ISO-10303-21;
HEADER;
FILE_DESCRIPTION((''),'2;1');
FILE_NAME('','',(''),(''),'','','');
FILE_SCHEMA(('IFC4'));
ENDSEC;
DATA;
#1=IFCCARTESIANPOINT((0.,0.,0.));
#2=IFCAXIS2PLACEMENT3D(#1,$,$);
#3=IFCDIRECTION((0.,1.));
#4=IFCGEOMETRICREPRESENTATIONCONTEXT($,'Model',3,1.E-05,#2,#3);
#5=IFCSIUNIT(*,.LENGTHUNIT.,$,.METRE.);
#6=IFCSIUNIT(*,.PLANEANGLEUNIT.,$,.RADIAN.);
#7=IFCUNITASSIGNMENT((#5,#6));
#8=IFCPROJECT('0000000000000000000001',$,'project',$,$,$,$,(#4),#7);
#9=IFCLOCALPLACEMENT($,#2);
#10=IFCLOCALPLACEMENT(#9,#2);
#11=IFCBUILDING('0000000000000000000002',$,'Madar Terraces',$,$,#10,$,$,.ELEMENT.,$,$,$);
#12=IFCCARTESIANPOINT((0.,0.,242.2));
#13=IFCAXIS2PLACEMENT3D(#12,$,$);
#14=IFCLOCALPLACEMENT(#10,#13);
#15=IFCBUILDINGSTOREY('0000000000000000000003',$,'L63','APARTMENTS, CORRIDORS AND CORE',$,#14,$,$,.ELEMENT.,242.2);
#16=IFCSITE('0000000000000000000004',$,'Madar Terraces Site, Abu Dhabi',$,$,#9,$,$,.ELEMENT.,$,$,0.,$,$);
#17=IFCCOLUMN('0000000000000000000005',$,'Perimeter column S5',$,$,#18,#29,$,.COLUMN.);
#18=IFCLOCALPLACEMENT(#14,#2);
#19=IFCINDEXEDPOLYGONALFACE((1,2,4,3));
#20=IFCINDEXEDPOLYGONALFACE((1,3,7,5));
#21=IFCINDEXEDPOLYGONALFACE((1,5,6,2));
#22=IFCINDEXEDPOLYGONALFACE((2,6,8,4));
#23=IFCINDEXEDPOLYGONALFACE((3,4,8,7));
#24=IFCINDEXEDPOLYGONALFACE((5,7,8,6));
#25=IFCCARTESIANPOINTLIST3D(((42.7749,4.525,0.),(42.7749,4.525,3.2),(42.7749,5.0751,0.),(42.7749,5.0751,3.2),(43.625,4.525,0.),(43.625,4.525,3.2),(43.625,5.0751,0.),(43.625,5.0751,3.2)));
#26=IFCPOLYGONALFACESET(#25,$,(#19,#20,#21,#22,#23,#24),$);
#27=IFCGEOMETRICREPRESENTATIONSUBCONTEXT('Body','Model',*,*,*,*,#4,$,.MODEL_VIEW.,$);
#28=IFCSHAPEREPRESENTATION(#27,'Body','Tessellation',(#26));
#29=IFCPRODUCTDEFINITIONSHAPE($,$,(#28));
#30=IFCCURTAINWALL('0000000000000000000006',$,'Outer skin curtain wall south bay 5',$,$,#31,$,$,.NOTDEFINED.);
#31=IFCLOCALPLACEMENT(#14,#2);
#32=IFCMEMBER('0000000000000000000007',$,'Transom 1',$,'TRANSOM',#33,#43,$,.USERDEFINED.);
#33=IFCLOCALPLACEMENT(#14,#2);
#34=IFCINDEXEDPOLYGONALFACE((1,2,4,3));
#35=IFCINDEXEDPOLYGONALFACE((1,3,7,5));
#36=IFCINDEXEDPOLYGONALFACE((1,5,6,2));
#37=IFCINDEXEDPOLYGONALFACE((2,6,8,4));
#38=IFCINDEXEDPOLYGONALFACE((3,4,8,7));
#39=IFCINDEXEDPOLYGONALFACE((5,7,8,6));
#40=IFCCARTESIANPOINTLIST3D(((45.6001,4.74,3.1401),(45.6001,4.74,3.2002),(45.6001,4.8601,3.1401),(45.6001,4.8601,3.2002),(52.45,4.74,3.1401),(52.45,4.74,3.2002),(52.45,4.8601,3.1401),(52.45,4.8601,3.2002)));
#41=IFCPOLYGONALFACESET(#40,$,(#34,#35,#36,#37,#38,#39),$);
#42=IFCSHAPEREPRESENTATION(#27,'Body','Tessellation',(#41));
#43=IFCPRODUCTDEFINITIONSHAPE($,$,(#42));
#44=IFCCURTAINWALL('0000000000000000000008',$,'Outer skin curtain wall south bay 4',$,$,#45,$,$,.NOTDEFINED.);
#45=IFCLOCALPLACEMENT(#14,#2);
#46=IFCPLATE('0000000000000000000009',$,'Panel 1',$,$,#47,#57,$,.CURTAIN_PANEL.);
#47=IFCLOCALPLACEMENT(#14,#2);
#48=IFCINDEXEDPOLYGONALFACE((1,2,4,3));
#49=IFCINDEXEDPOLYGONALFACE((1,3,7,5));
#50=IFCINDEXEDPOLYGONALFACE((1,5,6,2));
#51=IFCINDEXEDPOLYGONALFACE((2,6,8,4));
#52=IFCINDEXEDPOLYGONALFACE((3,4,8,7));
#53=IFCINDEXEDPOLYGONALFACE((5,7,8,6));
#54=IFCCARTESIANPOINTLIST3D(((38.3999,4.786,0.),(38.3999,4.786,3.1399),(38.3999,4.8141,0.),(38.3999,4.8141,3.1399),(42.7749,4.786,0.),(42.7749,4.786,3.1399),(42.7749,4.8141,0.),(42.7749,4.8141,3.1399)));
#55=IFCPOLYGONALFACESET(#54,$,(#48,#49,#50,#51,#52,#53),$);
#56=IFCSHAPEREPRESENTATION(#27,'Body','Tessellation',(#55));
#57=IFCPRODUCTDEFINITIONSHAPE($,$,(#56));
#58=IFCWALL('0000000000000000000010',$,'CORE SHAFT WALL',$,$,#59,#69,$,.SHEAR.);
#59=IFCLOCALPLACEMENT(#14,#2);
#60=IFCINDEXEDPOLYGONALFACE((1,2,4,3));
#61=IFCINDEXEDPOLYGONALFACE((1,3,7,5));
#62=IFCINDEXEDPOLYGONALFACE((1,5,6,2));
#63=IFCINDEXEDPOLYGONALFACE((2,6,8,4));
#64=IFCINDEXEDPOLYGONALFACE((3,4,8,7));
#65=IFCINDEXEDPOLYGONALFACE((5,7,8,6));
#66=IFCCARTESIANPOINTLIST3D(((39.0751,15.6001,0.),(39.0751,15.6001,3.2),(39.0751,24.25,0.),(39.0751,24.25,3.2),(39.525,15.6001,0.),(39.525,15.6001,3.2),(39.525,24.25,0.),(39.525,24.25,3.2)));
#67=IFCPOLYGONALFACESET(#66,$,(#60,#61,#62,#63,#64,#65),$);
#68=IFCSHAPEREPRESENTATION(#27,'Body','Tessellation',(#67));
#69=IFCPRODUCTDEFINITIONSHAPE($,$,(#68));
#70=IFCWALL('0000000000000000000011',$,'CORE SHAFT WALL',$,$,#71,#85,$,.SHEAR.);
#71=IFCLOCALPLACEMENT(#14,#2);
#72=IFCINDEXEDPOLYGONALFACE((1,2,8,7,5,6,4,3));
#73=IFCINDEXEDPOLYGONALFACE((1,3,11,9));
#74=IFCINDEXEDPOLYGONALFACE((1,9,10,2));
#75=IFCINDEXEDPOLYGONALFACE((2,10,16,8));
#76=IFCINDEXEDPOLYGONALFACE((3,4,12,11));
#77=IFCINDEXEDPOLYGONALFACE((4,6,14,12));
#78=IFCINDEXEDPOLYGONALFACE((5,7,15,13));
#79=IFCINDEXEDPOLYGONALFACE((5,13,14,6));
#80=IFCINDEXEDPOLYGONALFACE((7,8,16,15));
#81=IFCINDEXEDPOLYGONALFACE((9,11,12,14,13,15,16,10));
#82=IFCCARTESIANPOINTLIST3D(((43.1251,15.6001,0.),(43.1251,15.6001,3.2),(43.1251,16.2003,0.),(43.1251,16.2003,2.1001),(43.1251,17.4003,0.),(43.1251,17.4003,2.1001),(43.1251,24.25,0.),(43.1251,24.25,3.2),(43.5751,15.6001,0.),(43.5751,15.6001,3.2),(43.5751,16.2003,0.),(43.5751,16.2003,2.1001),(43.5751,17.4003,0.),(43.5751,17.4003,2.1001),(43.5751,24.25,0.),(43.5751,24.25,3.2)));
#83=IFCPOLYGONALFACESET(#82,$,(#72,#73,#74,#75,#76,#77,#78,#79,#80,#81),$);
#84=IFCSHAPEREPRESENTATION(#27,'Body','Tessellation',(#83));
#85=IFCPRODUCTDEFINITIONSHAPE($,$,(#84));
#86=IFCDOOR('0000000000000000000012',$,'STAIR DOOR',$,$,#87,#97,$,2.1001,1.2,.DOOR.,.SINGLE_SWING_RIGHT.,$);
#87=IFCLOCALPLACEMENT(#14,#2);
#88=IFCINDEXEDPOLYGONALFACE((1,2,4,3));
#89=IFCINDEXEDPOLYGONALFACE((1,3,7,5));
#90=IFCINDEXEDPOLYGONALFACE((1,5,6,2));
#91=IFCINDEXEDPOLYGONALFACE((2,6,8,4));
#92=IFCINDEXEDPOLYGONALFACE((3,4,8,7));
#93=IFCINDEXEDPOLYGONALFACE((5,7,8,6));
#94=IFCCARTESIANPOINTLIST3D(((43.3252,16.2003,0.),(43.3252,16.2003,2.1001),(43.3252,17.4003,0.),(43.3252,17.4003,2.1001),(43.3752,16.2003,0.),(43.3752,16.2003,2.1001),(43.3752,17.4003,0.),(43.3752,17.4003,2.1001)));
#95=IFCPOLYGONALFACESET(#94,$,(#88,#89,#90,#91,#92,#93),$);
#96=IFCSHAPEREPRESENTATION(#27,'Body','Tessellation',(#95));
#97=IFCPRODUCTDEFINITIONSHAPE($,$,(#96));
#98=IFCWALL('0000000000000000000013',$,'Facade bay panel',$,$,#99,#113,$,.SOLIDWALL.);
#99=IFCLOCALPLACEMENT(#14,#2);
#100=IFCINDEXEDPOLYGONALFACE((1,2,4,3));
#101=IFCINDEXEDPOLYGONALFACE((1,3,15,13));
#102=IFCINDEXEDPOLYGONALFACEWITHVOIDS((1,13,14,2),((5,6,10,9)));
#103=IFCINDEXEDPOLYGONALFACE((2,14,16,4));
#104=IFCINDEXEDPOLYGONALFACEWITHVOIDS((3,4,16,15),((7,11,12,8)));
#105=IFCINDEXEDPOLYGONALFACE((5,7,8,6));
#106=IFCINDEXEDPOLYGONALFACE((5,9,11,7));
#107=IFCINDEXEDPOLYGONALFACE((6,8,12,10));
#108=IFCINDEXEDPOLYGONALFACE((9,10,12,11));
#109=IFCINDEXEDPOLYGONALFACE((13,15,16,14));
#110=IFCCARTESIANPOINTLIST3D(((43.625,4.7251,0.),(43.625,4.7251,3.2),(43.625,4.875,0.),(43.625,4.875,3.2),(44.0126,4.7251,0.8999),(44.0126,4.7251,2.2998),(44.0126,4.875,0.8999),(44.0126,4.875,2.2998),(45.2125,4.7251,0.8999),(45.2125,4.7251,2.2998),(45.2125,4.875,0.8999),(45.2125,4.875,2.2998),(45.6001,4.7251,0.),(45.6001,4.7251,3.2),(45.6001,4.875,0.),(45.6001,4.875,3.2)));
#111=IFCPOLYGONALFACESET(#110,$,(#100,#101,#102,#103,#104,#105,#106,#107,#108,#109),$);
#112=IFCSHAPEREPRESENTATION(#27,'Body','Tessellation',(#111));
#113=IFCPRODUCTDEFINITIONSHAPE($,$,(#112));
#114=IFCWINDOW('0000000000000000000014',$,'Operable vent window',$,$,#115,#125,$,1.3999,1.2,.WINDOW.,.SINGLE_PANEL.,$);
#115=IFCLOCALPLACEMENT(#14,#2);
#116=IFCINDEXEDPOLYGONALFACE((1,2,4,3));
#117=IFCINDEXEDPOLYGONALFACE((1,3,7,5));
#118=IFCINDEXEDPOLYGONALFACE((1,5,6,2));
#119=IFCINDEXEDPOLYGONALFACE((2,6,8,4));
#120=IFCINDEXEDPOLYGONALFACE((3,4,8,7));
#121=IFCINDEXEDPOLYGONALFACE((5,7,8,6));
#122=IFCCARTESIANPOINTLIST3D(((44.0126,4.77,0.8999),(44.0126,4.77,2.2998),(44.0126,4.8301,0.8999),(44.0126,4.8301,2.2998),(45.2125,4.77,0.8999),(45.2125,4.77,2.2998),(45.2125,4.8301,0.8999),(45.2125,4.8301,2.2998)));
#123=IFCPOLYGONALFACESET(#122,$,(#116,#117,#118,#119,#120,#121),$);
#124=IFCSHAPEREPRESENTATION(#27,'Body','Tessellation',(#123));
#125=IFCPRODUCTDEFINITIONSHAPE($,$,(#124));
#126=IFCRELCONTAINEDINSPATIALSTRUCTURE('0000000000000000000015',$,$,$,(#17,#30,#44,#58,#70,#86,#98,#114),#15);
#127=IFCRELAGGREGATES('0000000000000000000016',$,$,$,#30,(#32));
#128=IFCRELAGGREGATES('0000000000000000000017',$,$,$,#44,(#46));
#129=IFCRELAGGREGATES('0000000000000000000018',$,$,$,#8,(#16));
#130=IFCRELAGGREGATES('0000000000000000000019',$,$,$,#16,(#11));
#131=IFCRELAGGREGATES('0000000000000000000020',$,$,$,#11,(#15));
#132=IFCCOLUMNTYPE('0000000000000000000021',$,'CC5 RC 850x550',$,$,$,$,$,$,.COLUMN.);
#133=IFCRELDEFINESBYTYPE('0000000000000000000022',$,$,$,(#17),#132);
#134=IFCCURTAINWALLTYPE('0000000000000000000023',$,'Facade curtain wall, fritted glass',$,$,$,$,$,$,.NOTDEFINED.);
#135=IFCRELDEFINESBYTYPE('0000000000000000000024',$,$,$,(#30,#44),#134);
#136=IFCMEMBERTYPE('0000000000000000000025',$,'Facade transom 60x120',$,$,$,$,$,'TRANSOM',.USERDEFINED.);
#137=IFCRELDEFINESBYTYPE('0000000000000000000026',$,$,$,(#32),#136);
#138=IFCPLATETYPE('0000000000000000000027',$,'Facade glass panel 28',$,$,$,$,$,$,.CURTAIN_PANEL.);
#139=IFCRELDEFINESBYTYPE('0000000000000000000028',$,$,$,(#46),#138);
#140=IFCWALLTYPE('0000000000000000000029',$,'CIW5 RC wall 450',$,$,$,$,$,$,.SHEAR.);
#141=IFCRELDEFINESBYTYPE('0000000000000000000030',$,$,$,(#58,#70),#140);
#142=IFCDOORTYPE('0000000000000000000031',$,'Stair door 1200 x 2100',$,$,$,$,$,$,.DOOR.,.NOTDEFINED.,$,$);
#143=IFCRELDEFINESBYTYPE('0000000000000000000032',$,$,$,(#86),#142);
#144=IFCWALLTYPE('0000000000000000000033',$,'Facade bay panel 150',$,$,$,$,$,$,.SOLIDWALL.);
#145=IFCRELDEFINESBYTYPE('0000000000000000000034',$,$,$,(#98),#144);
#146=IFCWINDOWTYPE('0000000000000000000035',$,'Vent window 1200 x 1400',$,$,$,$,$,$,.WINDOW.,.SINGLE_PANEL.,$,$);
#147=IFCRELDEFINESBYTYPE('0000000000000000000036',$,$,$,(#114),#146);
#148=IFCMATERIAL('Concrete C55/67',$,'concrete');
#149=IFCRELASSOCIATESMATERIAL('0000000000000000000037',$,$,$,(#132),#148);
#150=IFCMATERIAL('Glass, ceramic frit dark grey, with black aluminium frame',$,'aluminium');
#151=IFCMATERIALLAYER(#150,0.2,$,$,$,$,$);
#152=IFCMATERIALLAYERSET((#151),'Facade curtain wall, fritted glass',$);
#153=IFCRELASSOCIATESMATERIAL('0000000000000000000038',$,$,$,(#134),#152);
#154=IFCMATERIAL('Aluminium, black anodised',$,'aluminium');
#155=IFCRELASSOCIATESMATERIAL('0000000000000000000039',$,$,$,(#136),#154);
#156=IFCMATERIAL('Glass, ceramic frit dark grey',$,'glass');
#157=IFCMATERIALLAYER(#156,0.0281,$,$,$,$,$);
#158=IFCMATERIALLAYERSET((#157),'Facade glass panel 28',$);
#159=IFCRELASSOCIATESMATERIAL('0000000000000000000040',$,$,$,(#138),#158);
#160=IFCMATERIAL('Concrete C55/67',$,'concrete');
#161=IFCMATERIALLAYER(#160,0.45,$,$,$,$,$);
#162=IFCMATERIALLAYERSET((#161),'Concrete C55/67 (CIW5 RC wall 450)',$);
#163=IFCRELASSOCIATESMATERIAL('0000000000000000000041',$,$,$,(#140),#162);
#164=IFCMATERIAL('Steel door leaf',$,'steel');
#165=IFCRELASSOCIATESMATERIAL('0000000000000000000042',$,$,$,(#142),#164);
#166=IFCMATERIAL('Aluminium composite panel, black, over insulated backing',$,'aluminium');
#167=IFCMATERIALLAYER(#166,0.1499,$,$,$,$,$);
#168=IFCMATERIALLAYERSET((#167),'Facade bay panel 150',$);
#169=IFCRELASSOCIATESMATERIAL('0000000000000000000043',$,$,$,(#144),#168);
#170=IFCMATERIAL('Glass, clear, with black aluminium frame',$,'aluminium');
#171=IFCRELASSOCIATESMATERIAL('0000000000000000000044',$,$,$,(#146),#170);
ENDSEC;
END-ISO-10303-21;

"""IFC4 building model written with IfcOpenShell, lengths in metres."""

from ifc_helpers import new_model, si_unit, direction, frame, frame_2d, origin, origin_2d, place, context, subcontext, project, spatial, rectangle, extrude, material, layer, layer_set, material_profile, profile_set, type_object, element, fill, aggregate, save


model = new_model("IFC4")

# Units and contexts
model_context = context("Model", 3, precision=1e-05, world=origin(), true_north=direction((0.0, 1.0)))
body_context = subcontext(model_context, "Body", "Model", "MODEL_VIEW")
ifc_project = project(units=[si_unit("LENGTHUNIT", "METRE"), si_unit("PLANEANGLEUNIT", "RADIAN")], contexts=[model_context])

# Site, building, storey
site_placement = place(None, origin())
site = spatial("IfcSite", under=ifc_project, at=site_placement, Name="Madar Terraces Site, Abu Dhabi", CompositionType="ELEMENT", RefElevation=0.0)
building_placement = place(site_placement, origin())
building = spatial("IfcBuilding", under=site, at=building_placement, Name="Madar Terraces", CompositionType="ELEMENT")
storey_placement = place(building_placement, frame((0.0, 0.0, 242.2)))
storey = spatial("IfcBuildingStorey", under=building, at=storey_placement, Name="L63", Description="APARTMENTS, CORRIDORS AND CORE", CompositionType="ELEMENT", Elevation=242.2)

# Column
ifc_material_1 = material(Name="Concrete C55/67", Category="concrete")
ifc_material_profile_1 = material_profile(ifc_material_1, rectangle(XDim=0.8501, YDim=0.55, at=origin_2d()), Name="CC5 RC 850x550")
ifc_profile_set_1 = profile_set([ifc_material_profile_1], Name="Concrete C55/67")
column_type = type_object("IfcColumnType", Name="CC5 RC 850x550", PredefinedType="COLUMN", material=ifc_profile_set_1)
column_placement = place(storey_placement, frame((43.2, 4.8, 0.0), z_axis=(0.0, 0.0, 1.0), x_axis=(1.0, 0.0, 0.0)))
element("IfcColumn", 1, at=column_placement, inside=storey, type_object=column_type, Name="Perimeter column S5", PredefinedType="COLUMN", context=body_context, shape_type="SweptSolid", body=[
    extrude(rectangle(XDim=0.8501, YDim=0.55, at=origin_2d()), origin(), (0.0, 0.0, 1.0), 3.2),
])

# Curtain wall, member
ifc_material_2 = material(Name="Glass, ceramic frit dark grey, with black aluminium frame", Category="aluminium")
ifc_layer_1 = layer(ifc_material_2, 0.2)
ifc_layer_set_1 = layer_set([ifc_layer_1], Name="Facade curtain wall, fritted glass")
curtain_wall_type = type_object("IfcCurtainWallType", Name="Facade curtain wall, fritted glass", PredefinedType="NOTDEFINED", material=ifc_layer_set_1)
curtain_wall_1_placement = place(storey_placement, origin())
curtain_wall_1 = element("IfcCurtainWall", 2, at=curtain_wall_1_placement, inside=storey, type_object=curtain_wall_type, Name="Outer skin curtain wall south bay 5", PredefinedType="NOTDEFINED")
ifc_material_3 = material(Name="Aluminium, black anodised", Category="aluminium")
ifc_material_profile_2 = material_profile(ifc_material_3, rectangle(XDim=0.1201, YDim=0.0601, at=origin_2d()), Name="Facade transom 60x120")
ifc_profile_set_2 = profile_set([ifc_material_profile_2], Name="Aluminium, black anodised")
member_type = type_object("IfcMemberType", Name="Facade transom 60x120", ElementType="TRANSOM", PredefinedType="USERDEFINED", material=ifc_profile_set_2)
member_placement = place(storey_placement, frame((45.6001, 4.8, 3.1702), z_axis=(1.0, 0.0, 0.0), x_axis=(0.0, 1.0, 0.0)))
member = element("IfcMember", 3, at=member_placement, type_object=member_type, Name="Transom 1", ObjectType="TRANSOM", PredefinedType="USERDEFINED", context=body_context, shape_type="SweptSolid", body=[
    extrude(rectangle(XDim=0.1201, YDim=0.0601, at=origin_2d()), origin(), (0.0, 0.0, 1.0), 6.8499),
])
aggregate(curtain_wall_1, [member])

# Curtain wall, plate
curtain_wall_2_placement = place(storey_placement, origin())
curtain_wall_2 = element("IfcCurtainWall", 4, at=curtain_wall_2_placement, inside=storey, type_object=curtain_wall_type, Name="Outer skin curtain wall south bay 4", PredefinedType="NOTDEFINED")
ifc_material_4 = material(Name="Glass, ceramic frit dark grey", Category="glass")
ifc_layer_2 = layer(ifc_material_4, 0.0281)
ifc_layer_set_2 = layer_set([ifc_layer_2], Name="Facade glass panel 28")
plate_type = type_object("IfcPlateType", Name="Facade glass panel 28", PredefinedType="CURTAIN_PANEL", material=ifc_layer_set_2)
plate_placement = place(storey_placement, frame((40.5874, 4.8, 0.0), z_axis=(0.0, 0.0, 1.0), x_axis=(1.0, 0.0, 0.0)))
plate = element("IfcPlate", 5, at=plate_placement, type_object=plate_type, Name="Panel 1", PredefinedType="CURTAIN_PANEL", context=body_context, shape_type="SweptSolid", body=[
    extrude(rectangle(XDim=4.375, YDim=0.0281, at=origin_2d()), origin(), (0.0, 0.0, 1.0), 3.1399),
])
aggregate(curtain_wall_2, [plate])

# Wall
ifc_material_5 = material(Name="Concrete C55/67", Category="concrete")
ifc_layer_3 = layer(ifc_material_5, 0.45)
ifc_layer_set_3 = layer_set([ifc_layer_3], Name="Concrete C55/67 (CIW5 RC wall 450)")
wall_type_1 = type_object("IfcWallType", Name="CIW5 RC wall 450", PredefinedType="SHEAR", material=ifc_layer_set_3)
wall_1_placement = place(storey_placement, frame((39.3, 15.6001, 0.0), z_axis=(0.0, 0.0, 1.0), x_axis=(0.0, 1.0, 0.0)))
element("IfcWall", 6, at=wall_1_placement, inside=storey, type_object=wall_type_1, Name="CORE SHAFT WALL", PredefinedType="SHEAR", context=body_context, shape_type="SweptSolid", body=[
    extrude(rectangle(XDim=8.6499, YDim=0.45, at=frame_2d((4.325, 0.0))), origin(), (0.0, 0.0, 1.0), 3.2),
])

# Wall, opening, door
wall_2_placement = place(storey_placement, frame((43.3501, 15.6001, 0.0), z_axis=(0.0, 0.0, 1.0), x_axis=(0.0, 1.0, 0.0)))
wall_2 = element("IfcWall", 7, at=wall_2_placement, inside=storey, type_object=wall_type_1, Name="CORE SHAFT WALL", PredefinedType="SHEAR", context=body_context, shape_type="SweptSolid", body=[
    extrude(rectangle(XDim=8.6499, YDim=0.45, at=frame_2d((4.325, 0.0))), origin(), (0.0, 0.0, 1.0), 3.2),
])
opening_1_placement = place(wall_2_placement, frame((0.6001, 0.0, 0.0)))
opening_1 = element("IfcOpeningElement", 8, at=opening_1_placement, cuts=wall_2, PredefinedType="OPENING", context=body_context, shape_type="SweptSolid", body=[
    extrude(rectangle(XDim=1.2, YDim=2.1001, at=frame_2d((0.6001, 1.05))), frame((0.0, 0.2349, 0.0), z_axis=(0.0, -1.0, 0.0), x_axis=(1.0, 0.0, 0.0)), (0.0, 0.0, 1.0), 0.47),
])
ifc_material_6 = material(Name="Steel door leaf", Category="steel")
door_type_1 = type_object("IfcDoorType", Name="Stair door 1200 x 2100", OperationType="NOTDEFINED", PredefinedType="DOOR", material=ifc_material_6)
door_1_placement = place(opening_1_placement, origin())
door_1 = element("IfcDoor", 9, at=door_1_placement, inside=storey, type_object=door_type_1, Name="STAIR DOOR", OperationType="SINGLE_SWING_RIGHT", OverallHeight=2.1001, OverallWidth=1.2, PredefinedType="DOOR", context=body_context, shape_type="SweptSolid", body=[
    extrude(rectangle(XDim=1.2, YDim=2.1001, at=frame_2d((0.6001, 1.05))), frame((0.0, 0.0249, 0.0), z_axis=(0.0, -1.0, 0.0), x_axis=(1.0, 0.0, 0.0)), (0.0, 0.0, 1.0), 0.05),
])
fill(opening_1, door_1)

# Wall, opening, window
ifc_material_7 = material(Name="Aluminium composite panel, black, over insulated backing", Category="aluminium")
ifc_layer_4 = layer(ifc_material_7, 0.1499)
ifc_layer_set_4 = layer_set([ifc_layer_4], Name="Facade bay panel 150")
wall_type_2 = type_object("IfcWallType", Name="Facade bay panel 150", PredefinedType="SOLIDWALL", material=ifc_layer_set_4)
wall_3_placement = place(storey_placement, frame((43.625, 4.8, 0.0), z_axis=(0.0, 0.0, 1.0), x_axis=(1.0, 0.0, 0.0)))
wall_3 = element("IfcWall", 10, at=wall_3_placement, inside=storey, type_object=wall_type_2, Name="Facade bay panel", PredefinedType="SOLIDWALL", context=body_context, shape_type="SweptSolid", body=[
    extrude(rectangle(XDim=1.9751, YDim=0.1499, at=frame_2d((0.9875, 0.0))), origin(), (0.0, 0.0, 1.0), 3.2),
])
opening_2_placement = place(wall_3_placement, frame((0.3875, 0.0, 0.8999)))
opening_2 = element("IfcOpeningElement", 11, at=opening_2_placement, cuts=wall_3, PredefinedType="OPENING", context=body_context, shape_type="SweptSolid", body=[
    extrude(rectangle(XDim=1.2, YDim=1.3999, at=frame_2d((0.6001, 0.7))), frame((0.0, 0.085, 0.0), z_axis=(0.0, -1.0, 0.0), x_axis=(1.0, 0.0, 0.0)), (0.0, 0.0, 1.0), 0.1699),
])
ifc_material_8 = material(Name="Glass, clear, with black aluminium frame", Category="aluminium")
window_type = type_object("IfcWindowType", Name="Vent window 1200 x 1400", PartitioningType="SINGLE_PANEL", PredefinedType="WINDOW", material=ifc_material_8)
window_placement = place(opening_2_placement, origin())
window = element("IfcWindow", 12, at=window_placement, inside=storey, type_object=window_type, Name="Operable vent window", OverallHeight=1.3999, OverallWidth=1.2, PartitioningType="SINGLE_PANEL", PredefinedType="WINDOW", context=body_context, shape_type="SweptSolid", body=[
    extrude(rectangle(XDim=1.2, YDim=1.3999, at=frame_2d((0.6001, 0.7))), frame((0.0, 0.03, 0.0), z_axis=(0.0, -1.0, 0.0), x_axis=(1.0, 0.0, 0.0)), (0.0, 0.0, 1.0), 0.0601),
])
fill(opening_2, window)

save(model, "model.ifc")
